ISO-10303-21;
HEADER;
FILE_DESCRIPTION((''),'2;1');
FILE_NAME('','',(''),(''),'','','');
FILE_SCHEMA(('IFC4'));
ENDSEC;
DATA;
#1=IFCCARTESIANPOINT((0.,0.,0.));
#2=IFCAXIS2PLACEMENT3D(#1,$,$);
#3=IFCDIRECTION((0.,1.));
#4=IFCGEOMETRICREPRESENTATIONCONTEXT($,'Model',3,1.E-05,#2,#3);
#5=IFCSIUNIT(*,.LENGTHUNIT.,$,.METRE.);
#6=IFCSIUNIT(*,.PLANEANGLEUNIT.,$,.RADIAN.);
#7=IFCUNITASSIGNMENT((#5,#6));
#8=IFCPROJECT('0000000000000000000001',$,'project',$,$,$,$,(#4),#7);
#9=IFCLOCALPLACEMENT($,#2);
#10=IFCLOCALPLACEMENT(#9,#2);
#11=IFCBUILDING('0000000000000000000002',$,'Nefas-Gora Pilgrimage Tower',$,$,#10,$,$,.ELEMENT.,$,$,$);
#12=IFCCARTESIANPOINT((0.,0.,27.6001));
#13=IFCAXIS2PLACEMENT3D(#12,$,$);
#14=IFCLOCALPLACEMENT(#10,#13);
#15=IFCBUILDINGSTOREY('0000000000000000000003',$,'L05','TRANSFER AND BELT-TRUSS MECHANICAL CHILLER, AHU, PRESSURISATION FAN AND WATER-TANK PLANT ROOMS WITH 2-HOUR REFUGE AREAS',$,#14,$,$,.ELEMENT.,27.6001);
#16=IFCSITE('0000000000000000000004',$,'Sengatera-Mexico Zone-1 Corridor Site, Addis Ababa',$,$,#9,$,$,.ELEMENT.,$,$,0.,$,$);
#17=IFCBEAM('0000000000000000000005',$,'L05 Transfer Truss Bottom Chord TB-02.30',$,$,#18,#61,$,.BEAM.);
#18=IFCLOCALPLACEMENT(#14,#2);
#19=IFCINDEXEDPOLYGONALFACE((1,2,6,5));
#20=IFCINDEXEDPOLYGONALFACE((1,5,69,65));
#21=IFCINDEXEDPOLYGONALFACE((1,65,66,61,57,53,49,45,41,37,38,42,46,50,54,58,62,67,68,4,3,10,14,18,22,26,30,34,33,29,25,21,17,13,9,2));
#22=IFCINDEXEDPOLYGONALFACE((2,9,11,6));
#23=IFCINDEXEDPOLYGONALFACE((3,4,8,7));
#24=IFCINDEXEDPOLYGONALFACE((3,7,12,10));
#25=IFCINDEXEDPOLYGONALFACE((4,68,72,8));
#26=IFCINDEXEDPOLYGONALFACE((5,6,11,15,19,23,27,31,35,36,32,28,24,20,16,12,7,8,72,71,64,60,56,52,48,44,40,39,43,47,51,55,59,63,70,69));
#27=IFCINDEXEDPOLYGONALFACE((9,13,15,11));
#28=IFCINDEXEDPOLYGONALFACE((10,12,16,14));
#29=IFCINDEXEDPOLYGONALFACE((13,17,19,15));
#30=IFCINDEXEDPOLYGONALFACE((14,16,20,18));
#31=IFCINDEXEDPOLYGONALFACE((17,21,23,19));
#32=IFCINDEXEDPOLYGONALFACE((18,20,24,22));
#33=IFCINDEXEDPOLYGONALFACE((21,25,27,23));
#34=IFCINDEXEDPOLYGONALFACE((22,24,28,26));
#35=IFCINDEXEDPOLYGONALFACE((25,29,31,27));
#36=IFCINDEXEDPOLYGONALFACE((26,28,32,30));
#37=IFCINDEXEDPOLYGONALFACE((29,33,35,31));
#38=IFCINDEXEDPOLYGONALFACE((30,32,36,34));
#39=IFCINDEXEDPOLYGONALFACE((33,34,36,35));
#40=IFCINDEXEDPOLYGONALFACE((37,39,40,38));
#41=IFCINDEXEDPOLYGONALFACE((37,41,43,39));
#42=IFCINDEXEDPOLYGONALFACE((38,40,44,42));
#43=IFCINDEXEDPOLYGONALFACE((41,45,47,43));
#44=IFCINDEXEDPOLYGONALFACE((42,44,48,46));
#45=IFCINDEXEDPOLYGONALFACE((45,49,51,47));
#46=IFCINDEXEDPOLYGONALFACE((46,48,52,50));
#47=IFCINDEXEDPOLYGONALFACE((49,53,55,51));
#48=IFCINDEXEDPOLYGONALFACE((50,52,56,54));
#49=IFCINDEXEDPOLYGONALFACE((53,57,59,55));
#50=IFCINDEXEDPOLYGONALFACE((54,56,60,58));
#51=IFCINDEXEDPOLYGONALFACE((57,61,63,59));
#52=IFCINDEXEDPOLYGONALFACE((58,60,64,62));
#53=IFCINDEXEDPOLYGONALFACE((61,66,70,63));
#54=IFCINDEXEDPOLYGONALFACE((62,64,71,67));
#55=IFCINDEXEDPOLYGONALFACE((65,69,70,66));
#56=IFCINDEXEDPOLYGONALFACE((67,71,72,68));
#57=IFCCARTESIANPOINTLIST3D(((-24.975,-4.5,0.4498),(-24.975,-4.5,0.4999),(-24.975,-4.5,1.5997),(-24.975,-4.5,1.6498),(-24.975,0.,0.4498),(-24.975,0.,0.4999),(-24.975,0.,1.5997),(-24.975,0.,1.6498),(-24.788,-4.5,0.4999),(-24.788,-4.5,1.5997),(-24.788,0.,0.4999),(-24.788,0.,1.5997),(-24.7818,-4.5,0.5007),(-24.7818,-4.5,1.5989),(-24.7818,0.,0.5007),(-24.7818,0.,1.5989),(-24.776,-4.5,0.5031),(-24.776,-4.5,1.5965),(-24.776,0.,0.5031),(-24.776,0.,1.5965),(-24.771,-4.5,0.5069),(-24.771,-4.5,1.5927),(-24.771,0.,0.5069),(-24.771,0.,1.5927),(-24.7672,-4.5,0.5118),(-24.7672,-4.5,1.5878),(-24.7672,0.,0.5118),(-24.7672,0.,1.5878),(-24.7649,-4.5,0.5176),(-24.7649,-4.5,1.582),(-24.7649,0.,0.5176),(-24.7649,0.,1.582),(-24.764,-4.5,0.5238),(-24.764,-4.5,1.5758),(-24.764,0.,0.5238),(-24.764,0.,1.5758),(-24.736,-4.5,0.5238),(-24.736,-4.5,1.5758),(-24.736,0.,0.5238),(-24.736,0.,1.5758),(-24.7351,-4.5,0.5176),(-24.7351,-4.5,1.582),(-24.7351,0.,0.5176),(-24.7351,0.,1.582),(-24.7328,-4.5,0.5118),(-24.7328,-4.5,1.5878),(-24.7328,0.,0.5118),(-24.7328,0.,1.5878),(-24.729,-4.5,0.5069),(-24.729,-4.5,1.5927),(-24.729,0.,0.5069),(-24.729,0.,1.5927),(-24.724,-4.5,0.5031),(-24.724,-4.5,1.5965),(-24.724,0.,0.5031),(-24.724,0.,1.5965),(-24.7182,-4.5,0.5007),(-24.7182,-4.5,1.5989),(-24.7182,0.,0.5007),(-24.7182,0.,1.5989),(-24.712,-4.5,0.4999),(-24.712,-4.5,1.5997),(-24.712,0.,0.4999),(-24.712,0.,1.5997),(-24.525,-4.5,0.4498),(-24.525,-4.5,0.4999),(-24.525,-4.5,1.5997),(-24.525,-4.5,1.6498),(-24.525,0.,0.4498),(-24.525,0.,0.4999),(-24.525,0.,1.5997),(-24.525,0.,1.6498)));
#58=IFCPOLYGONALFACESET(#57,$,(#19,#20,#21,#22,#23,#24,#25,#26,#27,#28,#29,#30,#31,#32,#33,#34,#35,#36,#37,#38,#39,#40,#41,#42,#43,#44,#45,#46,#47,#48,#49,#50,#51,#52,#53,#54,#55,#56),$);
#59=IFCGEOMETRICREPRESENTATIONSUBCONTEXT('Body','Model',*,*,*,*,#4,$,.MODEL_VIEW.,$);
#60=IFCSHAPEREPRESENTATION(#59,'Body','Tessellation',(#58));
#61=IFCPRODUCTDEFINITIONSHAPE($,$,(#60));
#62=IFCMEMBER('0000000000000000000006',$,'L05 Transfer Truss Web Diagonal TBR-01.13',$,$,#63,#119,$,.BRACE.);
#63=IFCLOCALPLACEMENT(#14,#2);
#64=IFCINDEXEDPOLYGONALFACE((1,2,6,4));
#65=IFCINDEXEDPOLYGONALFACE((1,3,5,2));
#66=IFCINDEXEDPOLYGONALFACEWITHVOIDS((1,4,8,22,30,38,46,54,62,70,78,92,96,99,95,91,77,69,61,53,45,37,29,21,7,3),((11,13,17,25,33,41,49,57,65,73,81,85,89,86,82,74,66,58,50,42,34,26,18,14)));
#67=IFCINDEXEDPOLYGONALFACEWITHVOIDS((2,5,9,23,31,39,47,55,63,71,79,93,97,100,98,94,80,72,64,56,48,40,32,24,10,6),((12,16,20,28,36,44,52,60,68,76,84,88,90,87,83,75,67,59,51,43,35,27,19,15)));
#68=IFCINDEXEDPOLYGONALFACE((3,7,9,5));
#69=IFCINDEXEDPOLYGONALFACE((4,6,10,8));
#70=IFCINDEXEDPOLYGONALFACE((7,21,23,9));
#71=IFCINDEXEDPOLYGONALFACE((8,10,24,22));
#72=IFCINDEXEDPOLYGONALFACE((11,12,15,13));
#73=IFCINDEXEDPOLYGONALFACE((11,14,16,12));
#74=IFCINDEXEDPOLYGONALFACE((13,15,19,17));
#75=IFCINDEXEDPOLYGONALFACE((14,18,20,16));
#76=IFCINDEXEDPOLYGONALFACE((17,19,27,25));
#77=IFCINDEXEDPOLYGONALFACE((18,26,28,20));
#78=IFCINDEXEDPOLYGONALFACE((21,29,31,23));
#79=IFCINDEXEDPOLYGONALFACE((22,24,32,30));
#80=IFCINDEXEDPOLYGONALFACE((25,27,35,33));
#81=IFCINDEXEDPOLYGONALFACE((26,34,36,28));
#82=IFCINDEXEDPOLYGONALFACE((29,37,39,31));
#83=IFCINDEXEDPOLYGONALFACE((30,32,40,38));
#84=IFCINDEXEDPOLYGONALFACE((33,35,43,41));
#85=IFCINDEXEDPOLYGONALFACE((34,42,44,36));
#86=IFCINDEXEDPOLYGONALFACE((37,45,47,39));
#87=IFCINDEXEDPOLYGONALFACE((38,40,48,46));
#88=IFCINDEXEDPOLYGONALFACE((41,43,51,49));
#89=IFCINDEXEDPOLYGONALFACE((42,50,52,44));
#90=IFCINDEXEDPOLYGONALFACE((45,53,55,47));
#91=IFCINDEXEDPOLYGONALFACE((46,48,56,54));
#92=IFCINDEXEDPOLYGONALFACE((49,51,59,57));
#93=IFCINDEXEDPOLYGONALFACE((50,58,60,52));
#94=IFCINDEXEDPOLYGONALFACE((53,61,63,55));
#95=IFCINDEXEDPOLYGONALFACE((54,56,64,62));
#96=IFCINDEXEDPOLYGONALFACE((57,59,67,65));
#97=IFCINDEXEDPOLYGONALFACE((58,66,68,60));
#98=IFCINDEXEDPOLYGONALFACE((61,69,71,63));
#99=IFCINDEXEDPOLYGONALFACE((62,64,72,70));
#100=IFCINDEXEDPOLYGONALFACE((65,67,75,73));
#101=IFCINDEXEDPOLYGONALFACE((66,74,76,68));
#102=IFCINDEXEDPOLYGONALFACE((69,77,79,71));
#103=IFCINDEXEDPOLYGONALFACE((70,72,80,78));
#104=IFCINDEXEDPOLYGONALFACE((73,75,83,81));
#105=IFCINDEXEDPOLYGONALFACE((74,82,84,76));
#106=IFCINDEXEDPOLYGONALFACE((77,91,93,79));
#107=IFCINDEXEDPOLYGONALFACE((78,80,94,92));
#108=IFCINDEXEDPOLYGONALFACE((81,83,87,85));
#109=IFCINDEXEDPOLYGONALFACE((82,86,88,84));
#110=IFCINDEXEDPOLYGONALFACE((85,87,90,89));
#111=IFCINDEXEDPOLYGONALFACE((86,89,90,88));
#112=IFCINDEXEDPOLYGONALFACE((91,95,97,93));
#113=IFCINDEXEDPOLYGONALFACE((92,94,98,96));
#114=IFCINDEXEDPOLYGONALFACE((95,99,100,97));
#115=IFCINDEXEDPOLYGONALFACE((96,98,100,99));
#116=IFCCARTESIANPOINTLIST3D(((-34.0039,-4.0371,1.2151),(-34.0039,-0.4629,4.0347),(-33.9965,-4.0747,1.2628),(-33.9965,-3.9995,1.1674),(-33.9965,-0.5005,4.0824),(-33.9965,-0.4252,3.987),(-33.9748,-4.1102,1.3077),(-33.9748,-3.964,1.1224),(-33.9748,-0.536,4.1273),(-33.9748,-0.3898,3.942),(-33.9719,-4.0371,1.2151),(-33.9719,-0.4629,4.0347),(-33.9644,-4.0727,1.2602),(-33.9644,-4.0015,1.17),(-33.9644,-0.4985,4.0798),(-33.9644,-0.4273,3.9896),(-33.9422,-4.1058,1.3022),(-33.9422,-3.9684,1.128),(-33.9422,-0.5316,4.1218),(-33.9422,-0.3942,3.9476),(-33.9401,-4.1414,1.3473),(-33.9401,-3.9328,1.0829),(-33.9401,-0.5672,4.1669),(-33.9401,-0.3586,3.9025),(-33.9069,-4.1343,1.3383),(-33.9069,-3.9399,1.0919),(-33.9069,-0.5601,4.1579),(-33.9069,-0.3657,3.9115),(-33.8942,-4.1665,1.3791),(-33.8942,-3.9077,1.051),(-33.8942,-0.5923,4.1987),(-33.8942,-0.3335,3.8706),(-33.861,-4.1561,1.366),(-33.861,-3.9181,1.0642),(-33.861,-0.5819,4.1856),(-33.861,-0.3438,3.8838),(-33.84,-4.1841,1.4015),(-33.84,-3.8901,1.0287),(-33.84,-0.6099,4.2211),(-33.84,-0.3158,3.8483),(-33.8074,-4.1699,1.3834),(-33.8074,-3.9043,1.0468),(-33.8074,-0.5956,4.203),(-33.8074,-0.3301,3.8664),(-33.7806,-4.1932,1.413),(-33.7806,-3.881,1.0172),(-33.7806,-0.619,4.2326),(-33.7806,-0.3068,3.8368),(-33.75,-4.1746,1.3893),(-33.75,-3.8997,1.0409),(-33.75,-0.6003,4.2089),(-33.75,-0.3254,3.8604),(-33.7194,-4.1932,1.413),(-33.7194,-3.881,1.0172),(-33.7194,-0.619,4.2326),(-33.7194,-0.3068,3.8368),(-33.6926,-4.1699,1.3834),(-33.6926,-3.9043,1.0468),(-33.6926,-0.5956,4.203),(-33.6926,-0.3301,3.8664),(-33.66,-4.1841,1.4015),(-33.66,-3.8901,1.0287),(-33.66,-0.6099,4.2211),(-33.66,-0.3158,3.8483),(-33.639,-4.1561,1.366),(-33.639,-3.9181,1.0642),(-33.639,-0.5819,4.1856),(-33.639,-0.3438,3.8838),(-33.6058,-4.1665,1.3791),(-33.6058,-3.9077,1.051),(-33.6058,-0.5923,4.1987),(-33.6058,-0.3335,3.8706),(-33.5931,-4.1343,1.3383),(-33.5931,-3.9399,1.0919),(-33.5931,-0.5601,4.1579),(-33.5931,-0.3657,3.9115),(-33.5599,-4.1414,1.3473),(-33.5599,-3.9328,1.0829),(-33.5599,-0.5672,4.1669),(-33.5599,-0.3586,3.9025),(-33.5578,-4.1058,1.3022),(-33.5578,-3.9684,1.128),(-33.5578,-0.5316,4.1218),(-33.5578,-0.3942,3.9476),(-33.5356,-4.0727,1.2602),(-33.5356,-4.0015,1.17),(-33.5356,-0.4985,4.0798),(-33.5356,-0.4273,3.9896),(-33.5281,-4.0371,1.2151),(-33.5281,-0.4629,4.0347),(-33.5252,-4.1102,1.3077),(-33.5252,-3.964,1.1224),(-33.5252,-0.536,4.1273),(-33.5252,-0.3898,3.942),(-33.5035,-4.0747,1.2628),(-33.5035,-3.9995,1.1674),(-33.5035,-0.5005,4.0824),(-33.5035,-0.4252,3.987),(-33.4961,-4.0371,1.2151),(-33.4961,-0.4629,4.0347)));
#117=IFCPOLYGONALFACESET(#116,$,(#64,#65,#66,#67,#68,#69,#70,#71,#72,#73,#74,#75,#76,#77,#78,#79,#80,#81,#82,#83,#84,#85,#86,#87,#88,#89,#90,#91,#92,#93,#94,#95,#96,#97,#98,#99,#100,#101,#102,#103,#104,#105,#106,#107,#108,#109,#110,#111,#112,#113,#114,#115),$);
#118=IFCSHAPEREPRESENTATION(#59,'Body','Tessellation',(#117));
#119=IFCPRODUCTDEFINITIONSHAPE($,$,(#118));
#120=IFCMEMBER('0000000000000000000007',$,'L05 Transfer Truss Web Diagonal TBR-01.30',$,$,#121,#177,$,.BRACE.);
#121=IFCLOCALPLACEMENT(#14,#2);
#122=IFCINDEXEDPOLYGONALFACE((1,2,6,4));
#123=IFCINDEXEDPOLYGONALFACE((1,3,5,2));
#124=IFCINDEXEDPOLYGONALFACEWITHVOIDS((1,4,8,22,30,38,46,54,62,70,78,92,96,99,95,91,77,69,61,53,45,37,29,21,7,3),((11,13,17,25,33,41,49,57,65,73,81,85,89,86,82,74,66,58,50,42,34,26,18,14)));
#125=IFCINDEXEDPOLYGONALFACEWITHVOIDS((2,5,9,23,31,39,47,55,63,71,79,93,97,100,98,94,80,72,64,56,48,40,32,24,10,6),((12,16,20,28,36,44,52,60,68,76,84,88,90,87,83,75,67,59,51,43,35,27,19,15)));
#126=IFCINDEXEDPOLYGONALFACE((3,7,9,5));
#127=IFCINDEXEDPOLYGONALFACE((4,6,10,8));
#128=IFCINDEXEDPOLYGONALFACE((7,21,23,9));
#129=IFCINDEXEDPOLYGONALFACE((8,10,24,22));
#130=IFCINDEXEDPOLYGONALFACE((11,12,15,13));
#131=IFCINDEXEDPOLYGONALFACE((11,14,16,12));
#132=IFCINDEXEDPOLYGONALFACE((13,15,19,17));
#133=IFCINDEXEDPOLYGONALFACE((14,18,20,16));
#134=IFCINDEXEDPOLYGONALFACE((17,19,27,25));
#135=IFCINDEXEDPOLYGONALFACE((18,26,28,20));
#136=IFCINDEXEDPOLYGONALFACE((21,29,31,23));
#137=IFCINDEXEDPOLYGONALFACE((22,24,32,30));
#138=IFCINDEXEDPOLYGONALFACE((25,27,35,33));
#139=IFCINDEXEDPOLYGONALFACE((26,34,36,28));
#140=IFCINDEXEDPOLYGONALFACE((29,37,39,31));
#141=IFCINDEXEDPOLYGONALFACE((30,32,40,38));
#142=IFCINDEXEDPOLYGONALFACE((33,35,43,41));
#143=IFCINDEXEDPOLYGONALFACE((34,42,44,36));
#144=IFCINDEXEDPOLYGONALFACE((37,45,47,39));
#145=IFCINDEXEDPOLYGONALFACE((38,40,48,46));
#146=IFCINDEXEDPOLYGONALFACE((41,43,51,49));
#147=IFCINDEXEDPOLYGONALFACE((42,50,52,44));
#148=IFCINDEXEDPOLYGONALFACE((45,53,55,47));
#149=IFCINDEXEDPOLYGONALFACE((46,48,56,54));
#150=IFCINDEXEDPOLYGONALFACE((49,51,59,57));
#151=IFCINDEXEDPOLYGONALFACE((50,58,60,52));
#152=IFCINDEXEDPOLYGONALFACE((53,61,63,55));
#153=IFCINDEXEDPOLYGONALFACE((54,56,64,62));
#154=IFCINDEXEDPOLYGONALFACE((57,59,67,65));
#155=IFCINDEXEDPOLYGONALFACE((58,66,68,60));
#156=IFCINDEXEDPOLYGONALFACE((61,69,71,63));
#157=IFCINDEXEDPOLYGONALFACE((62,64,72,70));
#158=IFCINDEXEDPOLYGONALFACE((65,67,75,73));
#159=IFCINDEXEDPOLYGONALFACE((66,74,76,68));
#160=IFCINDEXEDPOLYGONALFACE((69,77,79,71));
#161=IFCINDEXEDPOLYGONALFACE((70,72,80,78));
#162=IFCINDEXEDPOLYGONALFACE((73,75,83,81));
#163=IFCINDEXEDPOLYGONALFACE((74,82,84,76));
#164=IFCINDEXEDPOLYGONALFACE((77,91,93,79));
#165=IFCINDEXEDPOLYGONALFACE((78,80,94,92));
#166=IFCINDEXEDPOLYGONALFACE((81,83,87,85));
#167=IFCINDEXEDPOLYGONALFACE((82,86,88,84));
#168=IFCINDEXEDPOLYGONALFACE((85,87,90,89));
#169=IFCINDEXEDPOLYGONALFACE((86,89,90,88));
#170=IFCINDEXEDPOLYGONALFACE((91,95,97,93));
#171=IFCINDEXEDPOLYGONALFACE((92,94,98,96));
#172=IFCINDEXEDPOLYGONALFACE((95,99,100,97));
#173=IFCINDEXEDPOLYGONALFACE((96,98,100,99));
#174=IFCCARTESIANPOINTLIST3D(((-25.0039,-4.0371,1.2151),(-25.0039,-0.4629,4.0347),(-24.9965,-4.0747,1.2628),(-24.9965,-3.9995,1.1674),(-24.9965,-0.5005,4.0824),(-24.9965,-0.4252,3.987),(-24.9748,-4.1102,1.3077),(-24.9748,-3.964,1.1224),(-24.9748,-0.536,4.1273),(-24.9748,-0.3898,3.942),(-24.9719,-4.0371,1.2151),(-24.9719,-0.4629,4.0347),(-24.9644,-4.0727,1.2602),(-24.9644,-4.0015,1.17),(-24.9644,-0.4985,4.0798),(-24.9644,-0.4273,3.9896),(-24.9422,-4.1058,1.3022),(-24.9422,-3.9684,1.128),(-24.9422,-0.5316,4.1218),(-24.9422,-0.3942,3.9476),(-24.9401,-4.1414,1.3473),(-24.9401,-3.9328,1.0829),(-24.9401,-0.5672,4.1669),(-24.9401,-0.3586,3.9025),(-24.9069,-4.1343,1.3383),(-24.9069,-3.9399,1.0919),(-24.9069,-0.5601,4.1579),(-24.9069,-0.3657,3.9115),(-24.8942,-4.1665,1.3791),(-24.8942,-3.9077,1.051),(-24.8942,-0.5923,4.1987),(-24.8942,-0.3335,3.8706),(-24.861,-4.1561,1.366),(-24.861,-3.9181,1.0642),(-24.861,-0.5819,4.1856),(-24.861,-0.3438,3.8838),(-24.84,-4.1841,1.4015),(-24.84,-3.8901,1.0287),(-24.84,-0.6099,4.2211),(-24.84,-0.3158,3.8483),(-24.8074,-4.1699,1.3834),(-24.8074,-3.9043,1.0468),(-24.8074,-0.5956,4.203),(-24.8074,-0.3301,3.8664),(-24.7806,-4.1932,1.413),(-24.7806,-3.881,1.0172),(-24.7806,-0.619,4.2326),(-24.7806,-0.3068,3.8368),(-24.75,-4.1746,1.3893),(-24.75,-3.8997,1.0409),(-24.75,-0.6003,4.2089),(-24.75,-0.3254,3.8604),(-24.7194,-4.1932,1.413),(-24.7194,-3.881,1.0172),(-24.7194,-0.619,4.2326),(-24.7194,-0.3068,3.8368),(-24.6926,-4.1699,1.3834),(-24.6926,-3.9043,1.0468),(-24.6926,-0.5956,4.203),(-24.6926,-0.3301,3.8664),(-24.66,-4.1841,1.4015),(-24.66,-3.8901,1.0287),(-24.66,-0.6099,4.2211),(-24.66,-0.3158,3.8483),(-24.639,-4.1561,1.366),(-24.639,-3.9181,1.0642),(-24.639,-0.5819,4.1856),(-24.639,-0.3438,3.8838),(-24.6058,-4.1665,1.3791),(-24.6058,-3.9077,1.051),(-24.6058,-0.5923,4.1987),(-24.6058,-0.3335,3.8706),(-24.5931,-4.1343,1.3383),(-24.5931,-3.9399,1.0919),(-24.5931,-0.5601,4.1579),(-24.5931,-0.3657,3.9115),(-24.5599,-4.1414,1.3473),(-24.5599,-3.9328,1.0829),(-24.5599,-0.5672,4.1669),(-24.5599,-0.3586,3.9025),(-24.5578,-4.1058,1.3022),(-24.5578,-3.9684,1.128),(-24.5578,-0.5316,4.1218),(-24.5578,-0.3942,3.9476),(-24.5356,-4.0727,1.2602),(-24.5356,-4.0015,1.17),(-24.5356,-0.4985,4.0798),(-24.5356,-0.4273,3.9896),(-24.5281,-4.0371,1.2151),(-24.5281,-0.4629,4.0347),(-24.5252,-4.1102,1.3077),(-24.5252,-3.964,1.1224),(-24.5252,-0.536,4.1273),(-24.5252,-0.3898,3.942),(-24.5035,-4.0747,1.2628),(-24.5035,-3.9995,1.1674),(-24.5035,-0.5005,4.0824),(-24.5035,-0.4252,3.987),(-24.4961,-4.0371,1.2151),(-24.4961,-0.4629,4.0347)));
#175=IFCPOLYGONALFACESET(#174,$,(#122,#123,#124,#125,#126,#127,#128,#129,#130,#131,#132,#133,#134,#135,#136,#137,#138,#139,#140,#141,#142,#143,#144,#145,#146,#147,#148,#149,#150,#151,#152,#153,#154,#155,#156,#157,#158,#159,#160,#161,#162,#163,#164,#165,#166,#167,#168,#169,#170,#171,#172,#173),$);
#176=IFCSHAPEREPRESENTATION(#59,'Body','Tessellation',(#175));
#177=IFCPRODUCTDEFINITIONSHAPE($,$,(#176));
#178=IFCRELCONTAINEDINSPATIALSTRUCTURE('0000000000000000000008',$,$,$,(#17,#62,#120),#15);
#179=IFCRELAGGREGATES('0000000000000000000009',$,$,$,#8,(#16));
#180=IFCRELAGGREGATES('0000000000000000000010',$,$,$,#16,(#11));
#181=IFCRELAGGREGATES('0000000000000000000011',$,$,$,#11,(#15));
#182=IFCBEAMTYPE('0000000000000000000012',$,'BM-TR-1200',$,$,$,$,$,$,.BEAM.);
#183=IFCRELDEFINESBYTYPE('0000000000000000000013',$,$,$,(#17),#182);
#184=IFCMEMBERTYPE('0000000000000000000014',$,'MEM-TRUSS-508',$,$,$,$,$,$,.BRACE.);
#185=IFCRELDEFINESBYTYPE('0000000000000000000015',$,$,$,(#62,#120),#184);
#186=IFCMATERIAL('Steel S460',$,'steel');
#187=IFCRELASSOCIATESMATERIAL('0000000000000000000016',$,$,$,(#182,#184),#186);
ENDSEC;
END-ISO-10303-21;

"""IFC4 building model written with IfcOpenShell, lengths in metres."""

from ifc_helpers import new_model, si_unit, direction, frame, origin, origin_2d, place, context, subcontext, project, spatial, hollow_circle, i_section, extrude, source, transform, mapped, material, material_profile, profile_set, type_object, element, save


model = new_model("IFC4")

# Units and contexts
model_context = context("Model", 3, precision=1e-05, world=origin(), true_north=direction((0.0, 1.0)))
body_context = subcontext(model_context, "Body", "Model", "MODEL_VIEW")
ifc_project = project(units=[si_unit("LENGTHUNIT", "METRE"), si_unit("PLANEANGLEUNIT", "RADIAN")], contexts=[model_context])

# Site, building, storey
site_placement = place(None, origin())
site = spatial("IfcSite", under=ifc_project, at=site_placement, Name="Sengatera-Mexico Zone-1 Corridor Site, Addis Ababa", CompositionType="ELEMENT", RefElevation=0.0)
building_placement = place(site_placement, origin())
building = spatial("IfcBuilding", under=site, at=building_placement, Name="Nefas-Gora Pilgrimage Tower", CompositionType="ELEMENT")
storey_placement = place(building_placement, frame((0.0, 0.0, 27.6001)))
storey = spatial("IfcBuildingStorey", under=building, at=storey_placement, Name="L05", Description="TRANSFER AND BELT-TRUSS MECHANICAL CHILLER, AHU, PRESSURISATION FAN AND WATER-TANK PLANT ROOMS WITH 2-HOUR REFUGE AREAS", CompositionType="ELEMENT", Elevation=27.6001)

# Shared definitions
ifc_material_1 = material(Name="Steel S460", Category="steel")

# Beam
ifc_material_profile_1 = material_profile(ifc_material_1, i_section(OverallWidth=0.45, OverallDepth=1.2, WebThickness=0.0281, FlangeThickness=0.05, FilletRadius=0.0239, at=origin_2d()), Name="WPG 1200x450x28x50")
ifc_profile_set_1 = profile_set([ifc_material_profile_1], Name="Steel S460")
beam_type_1 = type_object("IfcBeamType", Name="BM-TR-1200", PredefinedType="BEAM", material=ifc_profile_set_1)
shared_shape_1 = source(origin(), body_context, "Body", "SweptSolid", [
    extrude(i_section(OverallWidth=0.45, OverallDepth=1.2, WebThickness=0.0281, FlangeThickness=0.05, FilletRadius=0.0239, at=origin_2d()), origin(), (0.0, 0.0, 1.0), 4.5),
])
for number, where, z_axis, x_axis, name in (
    (1, (-24.75, -4.5, 1.0498), (0.0, 1.0, 0.0), (-1.0, 0.0, 0.0), "L05 Transfer Truss Bottom Chord TB-02.30"),
):
    element("IfcBeam", number, at=place(storey_placement, frame(where, z_axis=z_axis, x_axis=x_axis)), inside=storey, type_object=beam_type_1, Name=name, PredefinedType="BEAM", context=body_context, shape_type="MappedRepresentation", body=[
        mapped(shared_shape_1, transform((0.0, 0.0, 0.0), x_axis=(1.0, 0.0, 0.0), y_axis=(0.0, 1.0, 0.0), z_axis=(0.0, 0.0, 1.0), scale=1.0)),
    ])

# Members
ifc_material_profile_2 = material_profile(ifc_material_1, hollow_circle(Radius=0.2539, WallThickness=0.032, at=origin_2d()), Name="CHS 508x32")
ifc_profile_set_2 = profile_set([ifc_material_profile_2], Name="Steel S460")
member_type = type_object("IfcMemberType", Name="MEM-TRUSS-508", PredefinedType="BRACE", material=ifc_profile_set_2)
shared_shape_2 = source(origin(), body_context, "Body", "SweptSolid", [
    extrude(hollow_circle(Radius=0.2539, WallThickness=0.032, at=origin_2d()), origin(), (0.0, 0.0, 1.0), 4.5525),
])
for number, where, z_axis, x_axis, name in (
    (2, (-33.75, -4.0371, 1.2151), (0.0, 0.785115, 0.61935), (-1.0, 0.0, 0.0), "L05 Transfer Truss Web Diagonal TBR-01.13"),
    (3, (-24.75, -4.0371, 1.2151), (0.0, 0.785115, 0.61935), (-1.0, 0.0, 0.0), "L05 Transfer Truss Web Diagonal TBR-01.30"),
):
    element("IfcMember", number, at=place(storey_placement, frame(where, z_axis=z_axis, x_axis=x_axis)), inside=storey, type_object=member_type, Name=name, PredefinedType="BRACE", context=body_context, shape_type="MappedRepresentation", body=[
        mapped(shared_shape_2, transform((0.0, 0.0, 0.0), x_axis=(1.0, 0.0, 0.0), y_axis=(0.0, 1.0, 0.0), z_axis=(0.0, 0.0, 1.0), scale=1.0)),
    ])

save(model, "model.ifc")
